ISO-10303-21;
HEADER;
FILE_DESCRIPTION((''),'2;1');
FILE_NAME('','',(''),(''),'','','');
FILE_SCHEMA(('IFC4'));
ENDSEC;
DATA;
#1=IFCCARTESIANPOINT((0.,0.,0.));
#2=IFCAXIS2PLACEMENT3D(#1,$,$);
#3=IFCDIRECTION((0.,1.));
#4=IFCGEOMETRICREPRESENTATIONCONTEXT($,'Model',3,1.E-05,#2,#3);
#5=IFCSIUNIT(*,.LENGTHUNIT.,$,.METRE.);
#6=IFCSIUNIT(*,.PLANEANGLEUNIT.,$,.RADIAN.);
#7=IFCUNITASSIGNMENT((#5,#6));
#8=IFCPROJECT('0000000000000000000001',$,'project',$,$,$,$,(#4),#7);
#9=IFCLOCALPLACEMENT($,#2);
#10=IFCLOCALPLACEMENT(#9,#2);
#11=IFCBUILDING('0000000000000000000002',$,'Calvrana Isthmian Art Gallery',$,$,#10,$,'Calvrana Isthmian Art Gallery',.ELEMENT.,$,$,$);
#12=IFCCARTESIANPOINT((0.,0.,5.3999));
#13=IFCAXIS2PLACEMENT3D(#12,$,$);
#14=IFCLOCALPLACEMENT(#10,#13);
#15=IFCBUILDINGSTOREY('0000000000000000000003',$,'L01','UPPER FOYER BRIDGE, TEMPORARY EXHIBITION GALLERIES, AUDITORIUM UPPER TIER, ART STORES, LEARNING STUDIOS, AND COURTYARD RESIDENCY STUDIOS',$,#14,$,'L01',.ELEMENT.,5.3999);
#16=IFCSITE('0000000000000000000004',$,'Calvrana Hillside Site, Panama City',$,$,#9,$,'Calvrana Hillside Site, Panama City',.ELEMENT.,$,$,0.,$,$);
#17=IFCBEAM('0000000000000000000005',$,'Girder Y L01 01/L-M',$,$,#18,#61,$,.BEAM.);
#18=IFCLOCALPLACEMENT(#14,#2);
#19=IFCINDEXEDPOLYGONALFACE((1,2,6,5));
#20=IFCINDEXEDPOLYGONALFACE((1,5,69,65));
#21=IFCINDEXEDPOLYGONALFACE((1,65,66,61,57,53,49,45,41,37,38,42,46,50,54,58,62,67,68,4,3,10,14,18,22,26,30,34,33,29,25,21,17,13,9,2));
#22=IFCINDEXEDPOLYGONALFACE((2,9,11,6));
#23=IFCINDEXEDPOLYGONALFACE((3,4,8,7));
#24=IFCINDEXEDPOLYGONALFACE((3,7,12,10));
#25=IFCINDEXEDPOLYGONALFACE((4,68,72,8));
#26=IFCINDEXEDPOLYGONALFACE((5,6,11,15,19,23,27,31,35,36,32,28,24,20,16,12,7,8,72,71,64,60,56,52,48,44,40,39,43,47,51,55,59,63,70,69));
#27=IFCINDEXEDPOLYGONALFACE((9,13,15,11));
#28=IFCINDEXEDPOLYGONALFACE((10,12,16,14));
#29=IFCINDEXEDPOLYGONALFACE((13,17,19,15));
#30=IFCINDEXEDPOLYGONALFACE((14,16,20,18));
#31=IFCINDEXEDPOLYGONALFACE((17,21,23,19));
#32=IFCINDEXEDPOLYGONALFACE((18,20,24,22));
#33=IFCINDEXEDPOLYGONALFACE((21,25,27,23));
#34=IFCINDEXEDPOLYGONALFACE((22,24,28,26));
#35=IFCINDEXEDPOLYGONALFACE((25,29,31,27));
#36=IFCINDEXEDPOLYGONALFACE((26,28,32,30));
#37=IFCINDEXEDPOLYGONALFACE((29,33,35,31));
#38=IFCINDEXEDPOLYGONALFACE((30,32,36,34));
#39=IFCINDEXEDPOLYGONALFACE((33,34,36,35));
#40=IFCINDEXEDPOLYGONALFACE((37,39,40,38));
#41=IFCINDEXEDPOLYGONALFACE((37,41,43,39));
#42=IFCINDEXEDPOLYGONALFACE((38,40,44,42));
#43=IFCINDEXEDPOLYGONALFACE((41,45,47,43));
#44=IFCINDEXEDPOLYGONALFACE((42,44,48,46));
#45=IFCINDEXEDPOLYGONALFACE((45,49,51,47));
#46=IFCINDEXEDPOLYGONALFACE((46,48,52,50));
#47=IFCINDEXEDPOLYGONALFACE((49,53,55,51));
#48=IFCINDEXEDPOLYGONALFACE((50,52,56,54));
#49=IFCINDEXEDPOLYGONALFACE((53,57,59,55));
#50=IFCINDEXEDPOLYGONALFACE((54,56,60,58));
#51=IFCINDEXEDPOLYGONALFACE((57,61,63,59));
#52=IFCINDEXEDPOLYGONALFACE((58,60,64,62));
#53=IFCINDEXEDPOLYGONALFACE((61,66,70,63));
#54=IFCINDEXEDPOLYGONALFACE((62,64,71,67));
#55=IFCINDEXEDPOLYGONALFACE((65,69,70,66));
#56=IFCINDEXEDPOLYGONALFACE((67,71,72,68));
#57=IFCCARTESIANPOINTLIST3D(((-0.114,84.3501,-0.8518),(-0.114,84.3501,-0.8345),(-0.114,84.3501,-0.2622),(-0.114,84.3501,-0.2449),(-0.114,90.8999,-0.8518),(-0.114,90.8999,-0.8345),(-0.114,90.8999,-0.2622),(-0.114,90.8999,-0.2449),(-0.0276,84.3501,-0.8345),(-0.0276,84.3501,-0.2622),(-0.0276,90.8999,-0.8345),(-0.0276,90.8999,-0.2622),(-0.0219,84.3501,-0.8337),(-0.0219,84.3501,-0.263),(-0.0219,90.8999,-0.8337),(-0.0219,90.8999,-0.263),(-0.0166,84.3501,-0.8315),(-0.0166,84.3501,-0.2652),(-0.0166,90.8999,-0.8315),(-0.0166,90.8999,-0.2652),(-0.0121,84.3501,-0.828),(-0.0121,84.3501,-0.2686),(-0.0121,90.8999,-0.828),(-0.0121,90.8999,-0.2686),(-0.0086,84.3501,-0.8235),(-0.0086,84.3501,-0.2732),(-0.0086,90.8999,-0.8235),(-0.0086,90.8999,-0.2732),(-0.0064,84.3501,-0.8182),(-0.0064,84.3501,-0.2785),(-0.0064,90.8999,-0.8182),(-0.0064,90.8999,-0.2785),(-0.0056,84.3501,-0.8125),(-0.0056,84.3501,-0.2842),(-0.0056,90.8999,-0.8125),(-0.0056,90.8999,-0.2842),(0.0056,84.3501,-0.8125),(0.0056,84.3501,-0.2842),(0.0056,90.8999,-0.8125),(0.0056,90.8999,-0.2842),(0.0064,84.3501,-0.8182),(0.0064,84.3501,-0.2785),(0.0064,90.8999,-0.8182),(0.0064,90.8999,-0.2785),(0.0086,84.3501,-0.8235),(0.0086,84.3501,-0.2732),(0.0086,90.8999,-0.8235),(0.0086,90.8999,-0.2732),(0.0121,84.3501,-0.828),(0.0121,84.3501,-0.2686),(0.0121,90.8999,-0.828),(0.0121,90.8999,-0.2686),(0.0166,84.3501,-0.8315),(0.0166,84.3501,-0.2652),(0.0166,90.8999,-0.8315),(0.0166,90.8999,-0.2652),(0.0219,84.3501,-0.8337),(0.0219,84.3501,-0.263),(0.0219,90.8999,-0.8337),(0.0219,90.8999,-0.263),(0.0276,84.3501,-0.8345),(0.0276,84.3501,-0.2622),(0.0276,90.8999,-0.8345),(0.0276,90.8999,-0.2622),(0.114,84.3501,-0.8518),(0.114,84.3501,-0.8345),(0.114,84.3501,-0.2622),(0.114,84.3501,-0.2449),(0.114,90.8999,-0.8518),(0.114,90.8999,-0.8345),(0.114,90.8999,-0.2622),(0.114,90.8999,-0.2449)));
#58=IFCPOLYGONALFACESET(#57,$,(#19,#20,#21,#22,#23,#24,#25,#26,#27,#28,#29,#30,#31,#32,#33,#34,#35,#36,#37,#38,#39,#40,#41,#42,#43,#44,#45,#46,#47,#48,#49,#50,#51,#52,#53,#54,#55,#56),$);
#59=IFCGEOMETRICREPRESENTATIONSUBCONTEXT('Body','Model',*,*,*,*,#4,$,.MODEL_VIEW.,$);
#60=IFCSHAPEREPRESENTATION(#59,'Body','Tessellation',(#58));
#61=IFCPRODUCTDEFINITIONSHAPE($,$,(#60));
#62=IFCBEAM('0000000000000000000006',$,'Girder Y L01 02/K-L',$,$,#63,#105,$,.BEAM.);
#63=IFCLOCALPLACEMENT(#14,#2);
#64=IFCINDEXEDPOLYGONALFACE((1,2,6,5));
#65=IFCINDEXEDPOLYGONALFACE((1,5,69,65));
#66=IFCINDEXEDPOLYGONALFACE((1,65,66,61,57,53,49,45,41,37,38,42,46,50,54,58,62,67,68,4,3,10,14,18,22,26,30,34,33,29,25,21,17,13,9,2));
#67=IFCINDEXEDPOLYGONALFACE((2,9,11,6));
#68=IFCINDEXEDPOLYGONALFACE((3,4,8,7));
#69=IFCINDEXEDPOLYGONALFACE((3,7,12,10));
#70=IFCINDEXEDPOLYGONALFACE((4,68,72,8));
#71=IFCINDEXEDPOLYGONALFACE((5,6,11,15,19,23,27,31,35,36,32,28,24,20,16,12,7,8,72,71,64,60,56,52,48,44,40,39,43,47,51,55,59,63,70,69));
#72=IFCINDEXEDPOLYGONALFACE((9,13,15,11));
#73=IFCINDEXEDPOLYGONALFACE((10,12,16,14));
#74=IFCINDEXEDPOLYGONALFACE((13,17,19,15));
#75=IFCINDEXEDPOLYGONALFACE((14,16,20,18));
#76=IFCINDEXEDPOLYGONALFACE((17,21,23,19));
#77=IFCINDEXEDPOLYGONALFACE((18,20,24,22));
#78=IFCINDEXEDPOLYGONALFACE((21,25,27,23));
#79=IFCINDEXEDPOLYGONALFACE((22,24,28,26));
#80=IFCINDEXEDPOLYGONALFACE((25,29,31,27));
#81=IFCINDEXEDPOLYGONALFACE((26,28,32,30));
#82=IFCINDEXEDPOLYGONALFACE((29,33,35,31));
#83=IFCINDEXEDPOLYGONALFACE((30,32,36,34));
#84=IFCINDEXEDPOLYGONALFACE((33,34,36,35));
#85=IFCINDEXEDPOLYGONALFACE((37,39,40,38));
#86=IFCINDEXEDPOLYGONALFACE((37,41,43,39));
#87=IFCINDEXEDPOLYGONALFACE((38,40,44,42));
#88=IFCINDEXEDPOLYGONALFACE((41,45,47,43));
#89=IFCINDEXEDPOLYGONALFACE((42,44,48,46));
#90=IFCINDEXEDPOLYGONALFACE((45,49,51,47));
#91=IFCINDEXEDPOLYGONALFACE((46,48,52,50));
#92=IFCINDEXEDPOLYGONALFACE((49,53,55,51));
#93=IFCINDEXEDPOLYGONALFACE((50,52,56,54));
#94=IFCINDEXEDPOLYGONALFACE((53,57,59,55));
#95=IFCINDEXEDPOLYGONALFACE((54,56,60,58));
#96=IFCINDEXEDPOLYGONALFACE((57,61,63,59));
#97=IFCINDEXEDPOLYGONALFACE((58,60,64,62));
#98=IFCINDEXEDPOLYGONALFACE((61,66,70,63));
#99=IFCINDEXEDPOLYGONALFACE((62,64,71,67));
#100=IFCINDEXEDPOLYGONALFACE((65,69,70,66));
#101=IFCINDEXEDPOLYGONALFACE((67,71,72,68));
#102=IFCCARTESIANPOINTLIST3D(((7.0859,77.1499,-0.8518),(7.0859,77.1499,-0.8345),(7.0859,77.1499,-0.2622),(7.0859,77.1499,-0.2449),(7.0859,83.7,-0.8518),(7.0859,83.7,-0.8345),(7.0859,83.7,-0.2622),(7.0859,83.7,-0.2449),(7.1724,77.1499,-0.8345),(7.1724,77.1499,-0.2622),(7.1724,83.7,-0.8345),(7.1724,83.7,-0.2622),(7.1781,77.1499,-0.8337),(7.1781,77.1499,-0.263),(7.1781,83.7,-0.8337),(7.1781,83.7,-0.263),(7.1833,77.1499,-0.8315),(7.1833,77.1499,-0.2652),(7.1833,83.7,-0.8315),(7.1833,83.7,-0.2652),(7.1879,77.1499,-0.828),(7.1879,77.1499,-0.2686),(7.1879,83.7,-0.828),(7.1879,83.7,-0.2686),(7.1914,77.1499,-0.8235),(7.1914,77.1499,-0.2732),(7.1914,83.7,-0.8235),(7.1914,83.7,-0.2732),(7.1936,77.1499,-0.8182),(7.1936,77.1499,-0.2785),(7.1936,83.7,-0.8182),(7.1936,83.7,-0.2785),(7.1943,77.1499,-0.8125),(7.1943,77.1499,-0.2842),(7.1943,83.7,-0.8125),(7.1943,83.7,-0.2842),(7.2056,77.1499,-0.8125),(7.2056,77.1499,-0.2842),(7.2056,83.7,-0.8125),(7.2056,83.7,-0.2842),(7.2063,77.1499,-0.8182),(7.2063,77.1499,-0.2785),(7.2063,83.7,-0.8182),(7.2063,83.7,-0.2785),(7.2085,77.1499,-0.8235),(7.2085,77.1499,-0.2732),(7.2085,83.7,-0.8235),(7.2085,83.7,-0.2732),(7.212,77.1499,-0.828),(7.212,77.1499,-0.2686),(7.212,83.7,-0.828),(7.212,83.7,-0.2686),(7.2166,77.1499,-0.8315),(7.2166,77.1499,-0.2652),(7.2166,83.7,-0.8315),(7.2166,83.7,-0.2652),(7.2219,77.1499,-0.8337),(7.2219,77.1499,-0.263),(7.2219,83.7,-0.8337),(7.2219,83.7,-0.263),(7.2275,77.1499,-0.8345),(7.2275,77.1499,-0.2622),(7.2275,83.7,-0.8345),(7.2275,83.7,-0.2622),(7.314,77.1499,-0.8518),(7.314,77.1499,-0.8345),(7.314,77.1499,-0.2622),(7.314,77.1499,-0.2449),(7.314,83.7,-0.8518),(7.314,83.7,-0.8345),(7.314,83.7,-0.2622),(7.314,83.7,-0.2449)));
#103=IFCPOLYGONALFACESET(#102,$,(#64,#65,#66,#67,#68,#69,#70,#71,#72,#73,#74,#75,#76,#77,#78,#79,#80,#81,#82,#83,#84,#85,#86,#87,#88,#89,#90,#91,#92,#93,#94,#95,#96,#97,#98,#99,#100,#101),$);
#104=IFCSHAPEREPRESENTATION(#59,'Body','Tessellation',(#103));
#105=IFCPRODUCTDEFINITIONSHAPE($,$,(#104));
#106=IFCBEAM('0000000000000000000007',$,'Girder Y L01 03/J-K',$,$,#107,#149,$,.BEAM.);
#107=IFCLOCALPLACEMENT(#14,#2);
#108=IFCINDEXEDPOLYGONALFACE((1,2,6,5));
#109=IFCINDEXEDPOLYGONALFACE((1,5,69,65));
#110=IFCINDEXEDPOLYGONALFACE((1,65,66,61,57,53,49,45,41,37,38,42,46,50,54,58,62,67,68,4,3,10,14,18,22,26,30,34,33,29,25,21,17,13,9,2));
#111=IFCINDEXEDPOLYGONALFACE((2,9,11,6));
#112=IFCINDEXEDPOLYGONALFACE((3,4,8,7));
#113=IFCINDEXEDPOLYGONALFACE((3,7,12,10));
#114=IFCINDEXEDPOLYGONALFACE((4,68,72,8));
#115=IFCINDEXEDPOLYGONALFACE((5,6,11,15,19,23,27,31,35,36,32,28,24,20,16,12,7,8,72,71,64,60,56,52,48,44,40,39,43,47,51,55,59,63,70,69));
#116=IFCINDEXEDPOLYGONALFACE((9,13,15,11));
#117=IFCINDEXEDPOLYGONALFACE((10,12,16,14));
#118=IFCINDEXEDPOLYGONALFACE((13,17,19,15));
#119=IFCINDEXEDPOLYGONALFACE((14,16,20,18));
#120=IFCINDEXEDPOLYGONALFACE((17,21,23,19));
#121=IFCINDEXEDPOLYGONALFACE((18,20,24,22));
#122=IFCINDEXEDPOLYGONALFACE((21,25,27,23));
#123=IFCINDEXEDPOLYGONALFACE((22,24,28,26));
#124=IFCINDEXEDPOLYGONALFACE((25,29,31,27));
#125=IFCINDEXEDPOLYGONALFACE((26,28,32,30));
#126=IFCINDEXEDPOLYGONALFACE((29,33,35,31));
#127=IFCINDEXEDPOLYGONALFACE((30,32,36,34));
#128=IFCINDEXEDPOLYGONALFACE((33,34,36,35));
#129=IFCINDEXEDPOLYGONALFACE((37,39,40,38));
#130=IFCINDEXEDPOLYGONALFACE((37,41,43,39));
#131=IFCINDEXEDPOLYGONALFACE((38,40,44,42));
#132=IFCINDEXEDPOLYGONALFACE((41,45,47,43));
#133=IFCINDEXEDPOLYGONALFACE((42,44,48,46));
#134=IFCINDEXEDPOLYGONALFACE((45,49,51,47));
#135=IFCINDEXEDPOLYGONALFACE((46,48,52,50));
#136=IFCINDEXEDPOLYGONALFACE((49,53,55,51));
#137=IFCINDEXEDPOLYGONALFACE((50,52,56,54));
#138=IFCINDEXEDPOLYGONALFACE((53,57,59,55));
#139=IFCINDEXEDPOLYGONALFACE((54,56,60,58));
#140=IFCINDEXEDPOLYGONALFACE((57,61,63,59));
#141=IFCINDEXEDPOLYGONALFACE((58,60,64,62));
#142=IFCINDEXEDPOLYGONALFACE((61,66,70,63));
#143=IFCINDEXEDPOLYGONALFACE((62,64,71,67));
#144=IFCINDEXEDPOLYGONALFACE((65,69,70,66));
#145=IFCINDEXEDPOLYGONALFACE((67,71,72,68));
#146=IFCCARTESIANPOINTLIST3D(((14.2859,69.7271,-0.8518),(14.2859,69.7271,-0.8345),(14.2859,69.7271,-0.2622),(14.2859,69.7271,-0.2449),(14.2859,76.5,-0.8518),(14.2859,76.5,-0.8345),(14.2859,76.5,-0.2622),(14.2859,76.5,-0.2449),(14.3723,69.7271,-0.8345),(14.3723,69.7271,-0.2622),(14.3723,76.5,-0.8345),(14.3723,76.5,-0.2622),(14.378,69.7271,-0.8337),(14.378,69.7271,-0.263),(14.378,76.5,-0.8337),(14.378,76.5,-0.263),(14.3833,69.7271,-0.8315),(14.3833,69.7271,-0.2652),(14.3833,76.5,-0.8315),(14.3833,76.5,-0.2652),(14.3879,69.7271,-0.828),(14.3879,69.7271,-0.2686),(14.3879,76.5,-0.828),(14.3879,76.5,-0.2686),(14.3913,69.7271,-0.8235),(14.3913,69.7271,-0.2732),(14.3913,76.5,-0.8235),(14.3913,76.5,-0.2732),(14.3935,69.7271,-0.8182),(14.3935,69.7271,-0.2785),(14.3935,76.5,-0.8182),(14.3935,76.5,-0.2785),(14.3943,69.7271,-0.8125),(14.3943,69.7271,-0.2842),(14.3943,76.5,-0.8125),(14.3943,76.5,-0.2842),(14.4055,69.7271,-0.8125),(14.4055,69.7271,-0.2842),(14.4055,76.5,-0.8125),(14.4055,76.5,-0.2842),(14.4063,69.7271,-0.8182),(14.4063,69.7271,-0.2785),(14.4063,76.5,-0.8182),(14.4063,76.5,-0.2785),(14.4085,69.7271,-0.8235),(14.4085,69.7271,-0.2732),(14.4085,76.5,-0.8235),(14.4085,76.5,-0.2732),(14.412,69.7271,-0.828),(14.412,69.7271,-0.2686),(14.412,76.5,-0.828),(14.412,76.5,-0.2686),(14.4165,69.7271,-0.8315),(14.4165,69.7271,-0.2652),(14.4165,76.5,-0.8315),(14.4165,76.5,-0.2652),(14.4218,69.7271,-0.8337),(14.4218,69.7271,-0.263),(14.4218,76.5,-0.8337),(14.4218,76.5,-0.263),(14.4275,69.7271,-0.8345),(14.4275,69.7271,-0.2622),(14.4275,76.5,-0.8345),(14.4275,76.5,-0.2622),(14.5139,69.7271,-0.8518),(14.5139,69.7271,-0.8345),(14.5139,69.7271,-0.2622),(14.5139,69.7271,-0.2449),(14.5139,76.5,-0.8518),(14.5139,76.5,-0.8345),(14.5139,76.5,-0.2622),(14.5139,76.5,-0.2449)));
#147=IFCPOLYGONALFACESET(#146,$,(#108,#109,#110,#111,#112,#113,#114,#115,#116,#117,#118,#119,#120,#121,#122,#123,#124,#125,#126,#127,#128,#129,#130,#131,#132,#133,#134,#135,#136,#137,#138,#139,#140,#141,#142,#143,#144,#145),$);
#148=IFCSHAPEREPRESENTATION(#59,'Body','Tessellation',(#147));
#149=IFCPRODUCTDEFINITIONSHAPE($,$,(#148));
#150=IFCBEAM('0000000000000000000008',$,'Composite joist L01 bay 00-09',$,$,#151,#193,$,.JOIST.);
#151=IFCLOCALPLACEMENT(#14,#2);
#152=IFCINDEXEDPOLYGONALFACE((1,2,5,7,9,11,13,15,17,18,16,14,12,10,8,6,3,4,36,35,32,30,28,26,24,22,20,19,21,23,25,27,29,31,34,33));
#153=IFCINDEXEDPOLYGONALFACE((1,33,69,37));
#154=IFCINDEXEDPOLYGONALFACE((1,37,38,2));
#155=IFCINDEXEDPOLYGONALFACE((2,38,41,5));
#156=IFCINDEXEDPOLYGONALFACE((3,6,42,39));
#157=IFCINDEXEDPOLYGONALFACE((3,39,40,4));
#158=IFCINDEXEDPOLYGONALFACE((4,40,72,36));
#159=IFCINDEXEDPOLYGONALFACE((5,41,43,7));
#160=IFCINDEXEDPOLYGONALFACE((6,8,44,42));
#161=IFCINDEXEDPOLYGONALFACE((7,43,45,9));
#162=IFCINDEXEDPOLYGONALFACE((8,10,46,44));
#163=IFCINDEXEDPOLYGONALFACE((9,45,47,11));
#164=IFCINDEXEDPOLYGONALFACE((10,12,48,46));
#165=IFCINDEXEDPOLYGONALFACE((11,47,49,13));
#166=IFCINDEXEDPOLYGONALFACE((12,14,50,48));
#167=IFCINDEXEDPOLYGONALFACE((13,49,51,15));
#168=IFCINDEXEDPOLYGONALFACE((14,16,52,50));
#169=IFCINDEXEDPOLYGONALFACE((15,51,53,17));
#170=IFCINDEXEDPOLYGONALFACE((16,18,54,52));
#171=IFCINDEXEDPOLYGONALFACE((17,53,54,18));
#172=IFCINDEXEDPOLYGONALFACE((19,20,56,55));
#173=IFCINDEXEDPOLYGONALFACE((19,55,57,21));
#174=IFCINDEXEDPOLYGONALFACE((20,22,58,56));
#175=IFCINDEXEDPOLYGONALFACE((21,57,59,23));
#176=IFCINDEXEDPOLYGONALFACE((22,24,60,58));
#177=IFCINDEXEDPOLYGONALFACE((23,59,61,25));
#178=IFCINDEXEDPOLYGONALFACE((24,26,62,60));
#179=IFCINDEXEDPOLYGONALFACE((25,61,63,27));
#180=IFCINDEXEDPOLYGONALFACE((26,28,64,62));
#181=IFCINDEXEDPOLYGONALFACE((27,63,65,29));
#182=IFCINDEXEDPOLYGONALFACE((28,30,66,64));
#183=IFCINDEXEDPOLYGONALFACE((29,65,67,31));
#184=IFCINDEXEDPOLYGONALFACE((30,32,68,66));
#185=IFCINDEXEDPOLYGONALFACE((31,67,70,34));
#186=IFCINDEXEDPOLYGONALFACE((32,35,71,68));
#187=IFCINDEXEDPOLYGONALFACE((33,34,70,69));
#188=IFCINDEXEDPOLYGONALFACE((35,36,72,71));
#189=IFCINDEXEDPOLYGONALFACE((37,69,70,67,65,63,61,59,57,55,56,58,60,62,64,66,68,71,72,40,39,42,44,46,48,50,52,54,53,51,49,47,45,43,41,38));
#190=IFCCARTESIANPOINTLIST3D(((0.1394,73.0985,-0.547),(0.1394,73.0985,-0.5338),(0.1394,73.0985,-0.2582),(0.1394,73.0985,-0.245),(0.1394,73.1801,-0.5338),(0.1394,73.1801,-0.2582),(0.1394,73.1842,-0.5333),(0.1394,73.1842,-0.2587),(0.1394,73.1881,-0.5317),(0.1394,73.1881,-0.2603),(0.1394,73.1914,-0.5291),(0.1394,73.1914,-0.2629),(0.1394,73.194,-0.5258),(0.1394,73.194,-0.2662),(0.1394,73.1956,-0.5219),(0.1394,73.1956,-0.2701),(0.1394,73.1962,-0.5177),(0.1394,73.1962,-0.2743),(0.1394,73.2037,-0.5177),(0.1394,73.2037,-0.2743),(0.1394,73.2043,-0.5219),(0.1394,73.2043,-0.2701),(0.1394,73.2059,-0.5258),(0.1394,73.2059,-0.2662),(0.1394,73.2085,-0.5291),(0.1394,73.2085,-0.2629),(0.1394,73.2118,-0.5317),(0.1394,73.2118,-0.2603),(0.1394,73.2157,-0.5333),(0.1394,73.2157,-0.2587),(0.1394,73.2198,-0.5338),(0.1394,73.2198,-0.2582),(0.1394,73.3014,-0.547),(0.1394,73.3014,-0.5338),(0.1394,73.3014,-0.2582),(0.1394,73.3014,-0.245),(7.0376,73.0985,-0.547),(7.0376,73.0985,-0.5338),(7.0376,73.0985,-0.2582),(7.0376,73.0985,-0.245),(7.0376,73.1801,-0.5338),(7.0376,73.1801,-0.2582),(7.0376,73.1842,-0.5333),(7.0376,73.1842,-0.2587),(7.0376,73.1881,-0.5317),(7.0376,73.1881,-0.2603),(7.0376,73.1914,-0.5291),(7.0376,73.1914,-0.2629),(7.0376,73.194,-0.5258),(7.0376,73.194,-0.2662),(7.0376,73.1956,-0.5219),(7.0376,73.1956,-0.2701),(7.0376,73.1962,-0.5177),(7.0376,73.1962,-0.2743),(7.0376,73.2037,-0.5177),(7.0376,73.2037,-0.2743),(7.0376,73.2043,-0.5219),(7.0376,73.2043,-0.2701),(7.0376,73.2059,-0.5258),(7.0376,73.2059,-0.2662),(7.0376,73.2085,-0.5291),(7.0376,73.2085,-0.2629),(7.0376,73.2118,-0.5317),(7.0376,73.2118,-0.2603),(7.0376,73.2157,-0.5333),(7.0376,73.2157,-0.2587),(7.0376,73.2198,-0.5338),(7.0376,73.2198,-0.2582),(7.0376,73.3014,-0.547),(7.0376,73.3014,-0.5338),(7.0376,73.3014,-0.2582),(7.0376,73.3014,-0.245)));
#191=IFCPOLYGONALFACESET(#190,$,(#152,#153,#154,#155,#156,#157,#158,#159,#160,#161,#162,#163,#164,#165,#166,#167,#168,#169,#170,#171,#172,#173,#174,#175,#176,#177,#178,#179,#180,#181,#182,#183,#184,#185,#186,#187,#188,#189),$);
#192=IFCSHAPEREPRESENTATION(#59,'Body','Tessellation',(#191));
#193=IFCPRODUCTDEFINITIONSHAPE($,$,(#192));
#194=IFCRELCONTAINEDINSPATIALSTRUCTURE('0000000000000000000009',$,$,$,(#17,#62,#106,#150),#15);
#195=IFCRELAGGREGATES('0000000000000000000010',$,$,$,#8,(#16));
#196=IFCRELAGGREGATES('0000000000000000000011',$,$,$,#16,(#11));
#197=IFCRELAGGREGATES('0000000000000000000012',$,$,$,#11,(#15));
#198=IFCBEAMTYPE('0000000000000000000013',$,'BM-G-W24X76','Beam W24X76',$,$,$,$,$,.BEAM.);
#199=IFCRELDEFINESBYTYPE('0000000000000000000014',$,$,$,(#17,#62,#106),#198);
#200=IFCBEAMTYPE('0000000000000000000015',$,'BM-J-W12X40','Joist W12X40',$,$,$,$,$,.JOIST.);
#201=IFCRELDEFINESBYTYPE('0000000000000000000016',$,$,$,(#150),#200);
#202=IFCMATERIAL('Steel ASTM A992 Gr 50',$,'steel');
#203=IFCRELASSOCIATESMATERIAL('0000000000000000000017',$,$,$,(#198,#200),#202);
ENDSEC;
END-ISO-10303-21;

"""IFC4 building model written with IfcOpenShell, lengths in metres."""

from ifc_helpers import new_model, si_unit, direction, frame, origin, origin_2d, place, context, subcontext, project, spatial, i_section, extrude, material, material_profile, profile_set, type_object, element, save


model = new_model("IFC4")

# Units and contexts
model_context = context("Model", 3, precision=1e-05, world=origin(), true_north=direction((0.0, 1.0)))
body_context = subcontext(model_context, "Body", "Model", "MODEL_VIEW")
ifc_project = project(units=[si_unit("LENGTHUNIT", "METRE"), si_unit("PLANEANGLEUNIT", "RADIAN")], contexts=[model_context])

# Site, building, storey
site_placement = place(None, origin())
site = spatial("IfcSite", under=ifc_project, at=site_placement, Name="Calvrana Hillside Site, Panama City", LongName="Calvrana Hillside Site, Panama City", CompositionType="ELEMENT", RefElevation=0.0)
building_placement = place(site_placement, origin())
building = spatial("IfcBuilding", under=site, at=building_placement, Name="Calvrana Isthmian Art Gallery", LongName="Calvrana Isthmian Art Gallery", CompositionType="ELEMENT")
storey_placement = place(building_placement, frame((0.0, 0.0, 5.3999)))
storey = spatial("IfcBuildingStorey", under=building, at=storey_placement, Name="L01", Description="UPPER FOYER BRIDGE, TEMPORARY EXHIBITION GALLERIES, AUDITORIUM UPPER TIER, ART STORES, LEARNING STUDIOS, AND COURTYARD RESIDENCY STUDIOS", LongName="L01", CompositionType="ELEMENT", Elevation=5.3999)

# Beams
ifc_material_1 = material(Name="Steel ASTM A992 Gr 50", Category="steel")
ifc_material_profile_1 = material_profile(ifc_material_1, i_section(OverallWidth=0.228, OverallDepth=0.6069, WebThickness=0.0112, FlangeThickness=0.0173, FilletRadius=0.022, at=origin_2d()), Name="W24X76")
ifc_profile_set_1 = profile_set([ifc_material_profile_1], Name="Steel ASTM A992 Gr 50")
beam_type_1 = type_object("IfcBeamType", Name="BM-G-W24X76", Description="Beam W24X76", PredefinedType="BEAM", material=ifc_profile_set_1)
beam_1_placement = place(storey_placement, frame((0.0, 84.3501, -0.5483), z_axis=(0.0, 1.0, 0.0), x_axis=(-1.0, 0.0, 0.0)))
element("IfcBeam", 1, at=beam_1_placement, inside=storey, type_object=beam_type_1, Name="Girder Y L01 01/L-M", PredefinedType="BEAM", context=body_context, shape_type="SweptSolid", body=[
    extrude(i_section(OverallWidth=0.228, OverallDepth=0.6069, WebThickness=0.0112, FlangeThickness=0.0173, FilletRadius=0.022, at=origin_2d()), origin(), (0.0, 0.0, 1.0), 6.5498),
])
beam_2_placement = place(storey_placement, frame((7.2, 77.1499, -0.5483), z_axis=(0.0, 1.0, 0.0), x_axis=(-1.0, 0.0, 0.0)))
element("IfcBeam", 2, at=beam_2_placement, inside=storey, type_object=beam_type_1, Name="Girder Y L01 02/K-L", PredefinedType="BEAM", context=body_context, shape_type="SweptSolid", body=[
    extrude(i_section(OverallWidth=0.228, OverallDepth=0.6069, WebThickness=0.0112, FlangeThickness=0.0173, FilletRadius=0.022, at=origin_2d()), origin(), (0.0, 0.0, 1.0), 6.55),
])
beam_3_placement = place(storey_placement, frame((14.3999, 69.7271, -0.5483), z_axis=(0.0, 1.0, 0.0), x_axis=(-1.0, 0.0, 0.0)))
element("IfcBeam", 3, at=beam_3_placement, inside=storey, type_object=beam_type_1, Name="Girder Y L01 03/J-K", PredefinedType="BEAM", context=body_context, shape_type="SweptSolid", body=[
    extrude(i_section(OverallWidth=0.228, OverallDepth=0.6069, WebThickness=0.0112, FlangeThickness=0.0173, FilletRadius=0.022, at=origin_2d()), origin(), (0.0, 0.0, 1.0), 6.7729),
])
ifc_material_profile_2 = material_profile(ifc_material_1, i_section(OverallWidth=0.2029, OverallDepth=0.302, WebThickness=0.0076, FlangeThickness=0.0132, FilletRadius=0.0161, at=origin_2d()), Name="W12X40")
ifc_profile_set_2 = profile_set([ifc_material_profile_2], Name="Steel ASTM A992 Gr 50")
beam_type_2 = type_object("IfcBeamType", Name="BM-J-W12X40", Description="Joist W12X40", PredefinedType="JOIST", material=ifc_profile_set_2)
beam_4_placement = place(storey_placement, frame((0.1394, 73.2, -0.396), z_axis=(1.0, 0.0, 0.0), x_axis=(0.0, 1.0, 0.0)))
element("IfcBeam", 4, at=beam_4_placement, inside=storey, type_object=beam_type_2, Name="Composite joist L01 bay 00-09", PredefinedType="JOIST", context=body_context, shape_type="SweptSolid", body=[
    extrude(i_section(OverallWidth=0.2029, OverallDepth=0.302, WebThickness=0.0076, FlangeThickness=0.0132, FilletRadius=0.0161, at=origin_2d()), origin(), (0.0, 0.0, 1.0), 6.8982),
])

save(model, "model.ifc")
